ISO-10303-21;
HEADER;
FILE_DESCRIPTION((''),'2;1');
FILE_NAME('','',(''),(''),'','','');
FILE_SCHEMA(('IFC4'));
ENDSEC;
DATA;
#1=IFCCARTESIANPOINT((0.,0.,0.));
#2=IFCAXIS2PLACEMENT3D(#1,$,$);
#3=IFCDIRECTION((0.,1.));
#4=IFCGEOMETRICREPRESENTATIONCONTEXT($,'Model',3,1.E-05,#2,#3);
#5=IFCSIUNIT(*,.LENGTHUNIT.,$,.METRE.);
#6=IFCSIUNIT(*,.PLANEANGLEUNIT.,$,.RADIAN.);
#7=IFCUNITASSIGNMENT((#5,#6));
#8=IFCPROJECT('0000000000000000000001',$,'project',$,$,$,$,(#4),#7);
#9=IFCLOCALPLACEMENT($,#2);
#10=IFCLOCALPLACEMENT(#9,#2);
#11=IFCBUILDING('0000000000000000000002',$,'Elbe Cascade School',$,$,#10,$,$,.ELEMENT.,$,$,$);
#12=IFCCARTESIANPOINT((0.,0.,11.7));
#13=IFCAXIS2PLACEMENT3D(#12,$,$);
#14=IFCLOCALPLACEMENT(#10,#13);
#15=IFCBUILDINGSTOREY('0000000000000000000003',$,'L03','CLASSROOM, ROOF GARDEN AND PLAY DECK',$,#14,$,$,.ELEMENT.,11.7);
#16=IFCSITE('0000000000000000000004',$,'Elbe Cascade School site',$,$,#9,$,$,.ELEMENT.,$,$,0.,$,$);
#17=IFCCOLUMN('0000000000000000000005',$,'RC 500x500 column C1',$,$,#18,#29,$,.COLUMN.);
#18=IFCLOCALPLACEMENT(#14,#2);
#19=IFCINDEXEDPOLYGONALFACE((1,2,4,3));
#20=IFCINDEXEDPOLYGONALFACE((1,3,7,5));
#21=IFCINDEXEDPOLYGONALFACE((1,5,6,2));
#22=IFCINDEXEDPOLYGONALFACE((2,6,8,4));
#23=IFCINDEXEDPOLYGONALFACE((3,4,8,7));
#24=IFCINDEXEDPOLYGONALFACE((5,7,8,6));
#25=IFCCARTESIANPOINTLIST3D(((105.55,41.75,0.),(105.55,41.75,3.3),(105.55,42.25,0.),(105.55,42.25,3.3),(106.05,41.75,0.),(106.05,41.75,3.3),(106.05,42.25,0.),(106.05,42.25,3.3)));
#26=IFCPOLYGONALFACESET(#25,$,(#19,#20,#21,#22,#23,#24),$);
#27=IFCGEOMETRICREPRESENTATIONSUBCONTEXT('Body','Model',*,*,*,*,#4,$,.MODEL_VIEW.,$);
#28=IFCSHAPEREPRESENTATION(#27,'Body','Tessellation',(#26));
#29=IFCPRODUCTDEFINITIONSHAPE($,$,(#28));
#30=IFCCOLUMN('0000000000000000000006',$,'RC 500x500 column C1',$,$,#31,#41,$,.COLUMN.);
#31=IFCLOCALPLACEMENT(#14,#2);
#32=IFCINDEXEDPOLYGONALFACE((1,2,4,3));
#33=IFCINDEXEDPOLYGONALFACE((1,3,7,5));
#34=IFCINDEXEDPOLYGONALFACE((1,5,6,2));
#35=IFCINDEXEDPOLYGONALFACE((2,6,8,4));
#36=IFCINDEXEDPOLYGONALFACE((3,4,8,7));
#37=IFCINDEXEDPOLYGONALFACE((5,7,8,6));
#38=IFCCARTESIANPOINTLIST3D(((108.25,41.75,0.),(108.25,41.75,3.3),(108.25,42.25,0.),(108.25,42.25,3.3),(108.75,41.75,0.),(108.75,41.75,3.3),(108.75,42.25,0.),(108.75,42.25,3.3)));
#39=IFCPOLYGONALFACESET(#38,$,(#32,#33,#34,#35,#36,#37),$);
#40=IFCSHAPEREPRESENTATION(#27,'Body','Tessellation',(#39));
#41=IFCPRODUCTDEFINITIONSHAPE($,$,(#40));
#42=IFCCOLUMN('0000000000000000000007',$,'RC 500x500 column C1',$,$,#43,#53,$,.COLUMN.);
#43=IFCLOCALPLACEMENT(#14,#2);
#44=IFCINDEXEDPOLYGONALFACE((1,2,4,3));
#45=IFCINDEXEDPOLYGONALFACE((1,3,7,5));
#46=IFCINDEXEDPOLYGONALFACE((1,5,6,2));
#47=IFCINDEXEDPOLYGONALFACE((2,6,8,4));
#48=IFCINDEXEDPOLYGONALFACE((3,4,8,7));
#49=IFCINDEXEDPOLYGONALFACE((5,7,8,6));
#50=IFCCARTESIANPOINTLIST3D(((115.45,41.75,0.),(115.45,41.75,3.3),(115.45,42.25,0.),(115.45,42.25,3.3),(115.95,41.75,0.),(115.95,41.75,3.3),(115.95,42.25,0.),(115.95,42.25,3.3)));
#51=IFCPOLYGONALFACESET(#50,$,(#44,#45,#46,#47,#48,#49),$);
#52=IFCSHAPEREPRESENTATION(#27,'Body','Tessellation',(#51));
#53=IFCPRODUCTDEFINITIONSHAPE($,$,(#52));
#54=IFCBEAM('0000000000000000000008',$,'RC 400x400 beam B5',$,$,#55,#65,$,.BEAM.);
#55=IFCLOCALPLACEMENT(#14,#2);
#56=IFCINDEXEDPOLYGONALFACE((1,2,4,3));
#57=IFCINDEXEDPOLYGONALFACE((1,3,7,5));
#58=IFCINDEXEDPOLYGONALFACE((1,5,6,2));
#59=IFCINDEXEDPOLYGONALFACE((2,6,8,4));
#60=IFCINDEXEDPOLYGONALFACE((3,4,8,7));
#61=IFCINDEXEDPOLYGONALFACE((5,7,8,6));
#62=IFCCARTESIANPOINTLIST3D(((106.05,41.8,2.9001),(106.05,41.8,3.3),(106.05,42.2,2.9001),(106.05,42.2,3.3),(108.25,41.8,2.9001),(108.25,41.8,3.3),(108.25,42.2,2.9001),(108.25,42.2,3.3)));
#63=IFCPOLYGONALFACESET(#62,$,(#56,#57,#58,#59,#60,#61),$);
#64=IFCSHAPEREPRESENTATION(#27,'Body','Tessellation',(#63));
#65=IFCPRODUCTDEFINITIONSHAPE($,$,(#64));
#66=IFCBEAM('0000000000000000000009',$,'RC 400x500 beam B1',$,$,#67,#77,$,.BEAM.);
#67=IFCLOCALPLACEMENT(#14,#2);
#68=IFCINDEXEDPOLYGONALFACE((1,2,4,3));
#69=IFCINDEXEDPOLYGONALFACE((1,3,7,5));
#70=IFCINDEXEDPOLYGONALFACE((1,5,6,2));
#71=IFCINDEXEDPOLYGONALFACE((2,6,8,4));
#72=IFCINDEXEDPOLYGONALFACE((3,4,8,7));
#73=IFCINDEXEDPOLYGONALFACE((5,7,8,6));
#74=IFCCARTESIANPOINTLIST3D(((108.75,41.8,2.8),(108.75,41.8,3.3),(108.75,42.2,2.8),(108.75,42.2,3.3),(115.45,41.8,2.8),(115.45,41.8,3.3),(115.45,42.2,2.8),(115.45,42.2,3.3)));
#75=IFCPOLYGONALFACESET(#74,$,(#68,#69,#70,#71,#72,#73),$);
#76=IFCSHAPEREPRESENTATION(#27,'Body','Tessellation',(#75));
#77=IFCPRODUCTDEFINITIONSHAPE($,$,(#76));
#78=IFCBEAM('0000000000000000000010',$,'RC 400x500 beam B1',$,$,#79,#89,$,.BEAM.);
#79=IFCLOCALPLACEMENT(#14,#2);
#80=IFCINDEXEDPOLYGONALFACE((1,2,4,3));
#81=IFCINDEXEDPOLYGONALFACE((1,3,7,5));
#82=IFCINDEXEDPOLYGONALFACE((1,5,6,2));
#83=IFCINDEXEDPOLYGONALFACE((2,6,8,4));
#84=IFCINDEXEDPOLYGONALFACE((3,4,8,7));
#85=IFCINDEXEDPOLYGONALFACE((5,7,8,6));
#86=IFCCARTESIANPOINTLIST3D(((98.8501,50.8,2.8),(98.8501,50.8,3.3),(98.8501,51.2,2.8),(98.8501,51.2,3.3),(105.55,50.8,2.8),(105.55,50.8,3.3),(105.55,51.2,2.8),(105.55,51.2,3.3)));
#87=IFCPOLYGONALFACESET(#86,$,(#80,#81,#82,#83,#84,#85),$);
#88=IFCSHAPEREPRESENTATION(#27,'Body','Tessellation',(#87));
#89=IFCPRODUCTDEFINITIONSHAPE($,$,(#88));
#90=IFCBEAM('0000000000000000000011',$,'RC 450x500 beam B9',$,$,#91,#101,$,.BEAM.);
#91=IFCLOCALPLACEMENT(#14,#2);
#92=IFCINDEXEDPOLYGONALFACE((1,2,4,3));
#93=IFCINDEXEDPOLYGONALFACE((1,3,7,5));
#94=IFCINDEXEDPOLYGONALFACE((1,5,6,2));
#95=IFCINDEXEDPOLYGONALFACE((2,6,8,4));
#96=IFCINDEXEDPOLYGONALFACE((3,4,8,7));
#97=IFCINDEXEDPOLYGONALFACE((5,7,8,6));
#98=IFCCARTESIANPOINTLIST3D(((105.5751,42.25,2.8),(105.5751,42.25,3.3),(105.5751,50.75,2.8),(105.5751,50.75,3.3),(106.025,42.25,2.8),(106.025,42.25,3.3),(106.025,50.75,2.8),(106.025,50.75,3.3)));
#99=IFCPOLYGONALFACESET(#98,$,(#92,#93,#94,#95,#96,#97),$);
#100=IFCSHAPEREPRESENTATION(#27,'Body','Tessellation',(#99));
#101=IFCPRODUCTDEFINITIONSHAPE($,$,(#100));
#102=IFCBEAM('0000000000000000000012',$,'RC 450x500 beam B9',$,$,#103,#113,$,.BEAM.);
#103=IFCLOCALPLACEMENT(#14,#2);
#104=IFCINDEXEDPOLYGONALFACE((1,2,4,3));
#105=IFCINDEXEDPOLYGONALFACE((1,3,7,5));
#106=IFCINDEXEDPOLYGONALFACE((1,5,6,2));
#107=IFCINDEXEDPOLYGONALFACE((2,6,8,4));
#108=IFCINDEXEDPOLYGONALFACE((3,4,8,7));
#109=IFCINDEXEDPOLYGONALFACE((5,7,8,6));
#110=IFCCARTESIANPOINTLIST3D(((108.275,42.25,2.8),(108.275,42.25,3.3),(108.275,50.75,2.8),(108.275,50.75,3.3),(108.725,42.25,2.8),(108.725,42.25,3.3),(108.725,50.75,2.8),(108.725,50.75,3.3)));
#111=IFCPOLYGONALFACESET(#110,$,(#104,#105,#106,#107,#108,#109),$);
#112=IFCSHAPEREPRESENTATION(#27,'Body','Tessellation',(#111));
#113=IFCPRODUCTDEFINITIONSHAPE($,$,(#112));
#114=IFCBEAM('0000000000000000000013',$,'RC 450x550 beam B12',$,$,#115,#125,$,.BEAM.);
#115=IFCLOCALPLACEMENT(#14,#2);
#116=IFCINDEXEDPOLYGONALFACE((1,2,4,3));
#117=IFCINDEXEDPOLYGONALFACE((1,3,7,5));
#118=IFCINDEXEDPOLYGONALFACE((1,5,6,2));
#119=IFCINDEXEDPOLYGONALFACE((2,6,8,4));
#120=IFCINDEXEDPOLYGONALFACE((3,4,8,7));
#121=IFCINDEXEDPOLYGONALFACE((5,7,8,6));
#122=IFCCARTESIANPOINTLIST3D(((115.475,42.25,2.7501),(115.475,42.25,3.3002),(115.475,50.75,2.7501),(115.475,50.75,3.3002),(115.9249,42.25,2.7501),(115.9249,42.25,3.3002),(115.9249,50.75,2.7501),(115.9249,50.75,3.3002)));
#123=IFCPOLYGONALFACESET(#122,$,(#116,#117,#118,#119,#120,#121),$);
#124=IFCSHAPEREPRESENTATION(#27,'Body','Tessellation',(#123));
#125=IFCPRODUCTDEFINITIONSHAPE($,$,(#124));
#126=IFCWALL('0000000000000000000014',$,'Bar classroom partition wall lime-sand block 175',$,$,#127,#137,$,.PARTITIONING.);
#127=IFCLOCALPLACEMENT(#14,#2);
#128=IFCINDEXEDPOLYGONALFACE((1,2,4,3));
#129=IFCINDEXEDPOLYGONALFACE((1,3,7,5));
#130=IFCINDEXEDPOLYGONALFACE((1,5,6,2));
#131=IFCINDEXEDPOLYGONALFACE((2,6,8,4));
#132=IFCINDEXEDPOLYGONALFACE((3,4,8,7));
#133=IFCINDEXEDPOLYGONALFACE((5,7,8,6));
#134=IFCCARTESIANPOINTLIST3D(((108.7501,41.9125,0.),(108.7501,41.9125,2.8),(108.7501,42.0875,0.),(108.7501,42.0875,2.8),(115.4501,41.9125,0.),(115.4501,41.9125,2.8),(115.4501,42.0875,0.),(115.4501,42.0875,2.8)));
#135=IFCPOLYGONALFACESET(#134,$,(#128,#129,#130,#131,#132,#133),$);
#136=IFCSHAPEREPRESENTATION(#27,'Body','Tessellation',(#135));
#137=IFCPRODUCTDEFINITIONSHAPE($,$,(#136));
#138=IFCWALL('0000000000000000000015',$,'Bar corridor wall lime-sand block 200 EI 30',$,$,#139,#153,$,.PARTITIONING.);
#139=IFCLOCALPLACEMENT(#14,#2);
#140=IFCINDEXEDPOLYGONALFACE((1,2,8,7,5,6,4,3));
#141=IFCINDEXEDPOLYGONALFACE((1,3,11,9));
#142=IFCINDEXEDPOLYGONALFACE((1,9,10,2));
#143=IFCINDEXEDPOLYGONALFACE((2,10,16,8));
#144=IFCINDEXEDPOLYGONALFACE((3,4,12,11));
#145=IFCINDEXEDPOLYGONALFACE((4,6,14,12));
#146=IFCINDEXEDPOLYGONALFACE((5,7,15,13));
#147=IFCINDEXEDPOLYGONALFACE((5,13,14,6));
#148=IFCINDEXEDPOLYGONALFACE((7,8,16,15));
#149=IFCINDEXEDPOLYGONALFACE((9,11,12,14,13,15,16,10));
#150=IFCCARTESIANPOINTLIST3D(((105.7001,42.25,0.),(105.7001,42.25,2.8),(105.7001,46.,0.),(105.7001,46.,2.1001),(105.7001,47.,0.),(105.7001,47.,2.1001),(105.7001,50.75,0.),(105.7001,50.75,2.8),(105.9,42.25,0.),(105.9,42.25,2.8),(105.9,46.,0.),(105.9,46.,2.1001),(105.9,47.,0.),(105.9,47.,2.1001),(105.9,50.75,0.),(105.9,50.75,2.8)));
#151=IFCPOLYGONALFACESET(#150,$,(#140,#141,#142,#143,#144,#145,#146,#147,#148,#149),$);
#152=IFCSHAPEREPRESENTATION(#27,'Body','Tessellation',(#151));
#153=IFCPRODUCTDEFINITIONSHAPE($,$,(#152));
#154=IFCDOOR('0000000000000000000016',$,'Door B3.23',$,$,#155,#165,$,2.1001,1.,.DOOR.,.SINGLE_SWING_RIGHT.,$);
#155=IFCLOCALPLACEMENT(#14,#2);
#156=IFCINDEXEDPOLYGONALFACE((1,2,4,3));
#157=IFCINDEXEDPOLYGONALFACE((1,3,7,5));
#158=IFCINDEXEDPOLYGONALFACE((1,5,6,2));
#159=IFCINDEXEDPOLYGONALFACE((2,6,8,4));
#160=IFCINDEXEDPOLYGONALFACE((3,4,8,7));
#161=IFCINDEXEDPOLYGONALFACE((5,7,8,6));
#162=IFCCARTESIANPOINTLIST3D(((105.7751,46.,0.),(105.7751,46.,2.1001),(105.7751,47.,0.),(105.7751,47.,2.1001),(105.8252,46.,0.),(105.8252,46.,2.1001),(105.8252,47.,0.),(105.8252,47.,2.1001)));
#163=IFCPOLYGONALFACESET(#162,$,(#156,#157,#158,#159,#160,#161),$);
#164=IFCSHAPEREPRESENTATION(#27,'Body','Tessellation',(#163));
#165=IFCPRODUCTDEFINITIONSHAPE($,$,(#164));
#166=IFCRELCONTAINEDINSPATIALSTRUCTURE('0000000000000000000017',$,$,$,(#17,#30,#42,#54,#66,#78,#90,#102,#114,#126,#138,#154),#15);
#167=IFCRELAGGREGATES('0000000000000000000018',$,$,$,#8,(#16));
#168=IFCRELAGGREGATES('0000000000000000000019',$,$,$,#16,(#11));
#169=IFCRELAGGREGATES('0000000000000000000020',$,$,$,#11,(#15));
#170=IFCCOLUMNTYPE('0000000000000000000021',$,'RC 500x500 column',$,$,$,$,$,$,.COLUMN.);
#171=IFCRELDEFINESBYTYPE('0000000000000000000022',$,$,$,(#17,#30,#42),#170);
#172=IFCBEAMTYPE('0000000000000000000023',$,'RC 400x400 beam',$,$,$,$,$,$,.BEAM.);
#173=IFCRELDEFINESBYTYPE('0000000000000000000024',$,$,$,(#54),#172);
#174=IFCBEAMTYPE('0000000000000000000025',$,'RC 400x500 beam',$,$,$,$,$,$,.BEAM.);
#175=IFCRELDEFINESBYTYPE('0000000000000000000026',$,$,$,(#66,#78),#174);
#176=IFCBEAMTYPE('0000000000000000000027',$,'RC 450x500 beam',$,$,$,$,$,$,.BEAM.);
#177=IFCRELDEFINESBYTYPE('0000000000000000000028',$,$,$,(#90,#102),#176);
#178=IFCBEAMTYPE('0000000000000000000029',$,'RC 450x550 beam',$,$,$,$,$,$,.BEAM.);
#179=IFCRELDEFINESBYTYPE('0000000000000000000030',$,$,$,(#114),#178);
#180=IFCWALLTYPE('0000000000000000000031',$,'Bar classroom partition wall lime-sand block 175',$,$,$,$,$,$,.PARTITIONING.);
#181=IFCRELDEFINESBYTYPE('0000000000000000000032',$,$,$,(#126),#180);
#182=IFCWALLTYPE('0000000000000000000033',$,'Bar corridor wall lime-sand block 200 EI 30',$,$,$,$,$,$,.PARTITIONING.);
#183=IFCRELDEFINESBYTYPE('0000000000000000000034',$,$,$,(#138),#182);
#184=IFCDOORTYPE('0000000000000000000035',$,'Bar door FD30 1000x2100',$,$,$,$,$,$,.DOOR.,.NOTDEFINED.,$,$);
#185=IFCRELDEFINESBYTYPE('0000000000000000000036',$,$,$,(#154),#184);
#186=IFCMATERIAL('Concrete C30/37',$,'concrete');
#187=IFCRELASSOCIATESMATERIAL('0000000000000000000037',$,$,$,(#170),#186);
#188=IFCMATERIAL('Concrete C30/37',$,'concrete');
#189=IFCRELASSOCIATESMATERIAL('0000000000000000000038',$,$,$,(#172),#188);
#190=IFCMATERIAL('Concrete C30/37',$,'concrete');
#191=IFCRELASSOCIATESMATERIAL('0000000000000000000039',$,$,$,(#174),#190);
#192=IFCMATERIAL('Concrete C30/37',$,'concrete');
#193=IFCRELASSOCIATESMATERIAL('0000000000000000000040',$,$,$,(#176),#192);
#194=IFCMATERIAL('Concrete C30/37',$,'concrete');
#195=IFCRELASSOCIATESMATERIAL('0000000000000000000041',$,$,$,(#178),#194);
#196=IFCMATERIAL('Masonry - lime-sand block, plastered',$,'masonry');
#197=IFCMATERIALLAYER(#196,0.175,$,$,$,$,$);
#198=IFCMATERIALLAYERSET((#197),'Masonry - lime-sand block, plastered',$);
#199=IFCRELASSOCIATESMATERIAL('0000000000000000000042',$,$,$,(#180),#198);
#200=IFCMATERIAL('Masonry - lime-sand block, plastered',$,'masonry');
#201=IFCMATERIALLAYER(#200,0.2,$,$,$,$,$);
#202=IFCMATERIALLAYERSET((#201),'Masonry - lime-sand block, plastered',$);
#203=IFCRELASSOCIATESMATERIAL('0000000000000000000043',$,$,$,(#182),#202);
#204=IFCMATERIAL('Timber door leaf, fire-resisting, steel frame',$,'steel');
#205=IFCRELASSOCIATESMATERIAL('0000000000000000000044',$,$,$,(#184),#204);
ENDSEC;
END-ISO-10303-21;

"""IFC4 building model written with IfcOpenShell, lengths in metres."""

from ifc_helpers import new_model, si_unit, direction, frame, frame_2d, origin, origin_2d, place, context, subcontext, project, spatial, rectangle, extrude, material, layer, layer_set, material_profile, profile_set, type_object, element, fill, save


model = new_model("IFC4")

# Units and contexts
model_context = context("Model", 3, precision=1e-05, world=origin(), true_north=direction((0.0, 1.0)))
body_context = subcontext(model_context, "Body", "Model", "MODEL_VIEW")
ifc_project = project(units=[si_unit("LENGTHUNIT", "METRE"), si_unit("PLANEANGLEUNIT", "RADIAN")], contexts=[model_context])

# Site, building, storey
site_placement = place(None, origin())
site = spatial("IfcSite", under=ifc_project, at=site_placement, Name="Elbe Cascade School site", CompositionType="ELEMENT", RefElevation=0.0)
building_placement = place(site_placement, origin())
building = spatial("IfcBuilding", under=site, at=building_placement, Name="Elbe Cascade School", CompositionType="ELEMENT")
storey_placement = place(building_placement, frame((0.0, 0.0, 11.7)))
storey = spatial("IfcBuildingStorey", under=building, at=storey_placement, Name="L03", Description="CLASSROOM, ROOF GARDEN AND PLAY DECK", CompositionType="ELEMENT", Elevation=11.7)

# Columns
ifc_material_1 = material(Name="Concrete C30/37", Category="concrete")
ifc_material_profile_1 = material_profile(ifc_material_1, rectangle(XDim=0.5, YDim=0.5, at=origin_2d()), Name="RC 500x500")
ifc_profile_set_1 = profile_set([ifc_material_profile_1], Name="Concrete C30/37")
column_type = type_object("IfcColumnType", Name="RC 500x500 column", PredefinedType="COLUMN", material=ifc_profile_set_1)
for number, where, z_axis, x_axis, name in (
    (1, (105.8, 42.0, 0.0), (0.0, 0.0, 1.0), (1.0, 0.0, 0.0), "RC 500x500 column C1"),
    (2, (108.5, 42.0, 0.0), (0.0, 0.0, 1.0), (1.0, 0.0, 0.0), "RC 500x500 column C1"),
    (3, (115.7, 42.0, 0.0), (0.0, 0.0, 1.0), (1.0, 0.0, 0.0), "RC 500x500 column C1"),
):
    element("IfcColumn", number, at=place(storey_placement, frame(where, z_axis=z_axis, x_axis=x_axis)), inside=storey, type_object=column_type, Name=name, PredefinedType="COLUMN", context=body_context, shape_type="SweptSolid", body=[
        extrude(rectangle(XDim=0.5, YDim=0.5, at=origin_2d()), origin(), (0.0, 0.0, 1.0), 3.3),
    ])

# Beams
ifc_material_2 = material(Name="Concrete C30/37", Category="concrete")
ifc_material_profile_2 = material_profile(ifc_material_2, rectangle(XDim=0.3999, YDim=0.3999, at=origin_2d()), Name="RC 400x400")
ifc_profile_set_2 = profile_set([ifc_material_profile_2], Name="Concrete C30/37")
beam_type_1 = type_object("IfcBeamType", Name="RC 400x400 beam", PredefinedType="BEAM", material=ifc_profile_set_2)
beam_1_placement = place(storey_placement, frame((106.05, 42.0, 3.1001), z_axis=(1.0, 0.0, 0.0), x_axis=(0.0, 1.0, 0.0)))
element("IfcBeam", 4, at=beam_1_placement, inside=storey, type_object=beam_type_1, Name="RC 400x400 beam B5", PredefinedType="BEAM", context=body_context, shape_type="SweptSolid", body=[
    extrude(rectangle(XDim=0.3999, YDim=0.3999, at=origin_2d()), origin(), (0.0, 0.0, 1.0), 2.2),
])
ifc_material_3 = material(Name="Concrete C30/37", Category="concrete")
ifc_material_profile_3 = material_profile(ifc_material_3, rectangle(XDim=0.3999, YDim=0.5, at=origin_2d()), Name="RC 400x500")
ifc_profile_set_3 = profile_set([ifc_material_profile_3], Name="Concrete C30/37")
beam_type_2 = type_object("IfcBeamType", Name="RC 400x500 beam", PredefinedType="BEAM", material=ifc_profile_set_3)
for number, where, z_axis, x_axis, name in (
    (5, (108.75, 42.0, 3.05), (1.0, 0.0, 0.0), (0.0, 1.0, 0.0), "RC 400x500 beam B1"),
    (6, (98.8501, 51.0, 3.05), (1.0, 0.0, 0.0), (0.0, 1.0, 0.0), "RC 400x500 beam B1"),
):
    element("IfcBeam", number, at=place(storey_placement, frame(where, z_axis=z_axis, x_axis=x_axis)), inside=storey, type_object=beam_type_2, Name=name, PredefinedType="BEAM", context=body_context, shape_type="SweptSolid", body=[
        extrude(rectangle(XDim=0.3999, YDim=0.5, at=origin_2d()), origin(), (0.0, 0.0, 1.0), 6.7),
    ])
ifc_material_4 = material(Name="Concrete C30/37", Category="concrete")
ifc_material_profile_4 = material_profile(ifc_material_4, rectangle(XDim=0.45, YDim=0.5, at=origin_2d()), Name="RC 450x500")
ifc_profile_set_4 = profile_set([ifc_material_profile_4], Name="Concrete C30/37")
beam_type_3 = type_object("IfcBeamType", Name="RC 450x500 beam", PredefinedType="BEAM", material=ifc_profile_set_4)
for number, where, z_axis, x_axis, name in (
    (7, (105.8, 42.25, 3.05), (0.0, 1.0, 0.0), (-1.0, 0.0, 0.0), "RC 450x500 beam B9"),
    (8, (108.5, 42.25, 3.05), (0.0, 1.0, 0.0), (-1.0, 0.0, 0.0), "RC 450x500 beam B9"),
):
    element("IfcBeam", number, at=place(storey_placement, frame(where, z_axis=z_axis, x_axis=x_axis)), inside=storey, type_object=beam_type_3, Name=name, PredefinedType="BEAM", context=body_context, shape_type="SweptSolid", body=[
        extrude(rectangle(XDim=0.45, YDim=0.5, at=origin_2d()), origin(), (0.0, 0.0, 1.0), 8.5),
    ])
ifc_material_5 = material(Name="Concrete C30/37", Category="concrete")
ifc_material_profile_5 = material_profile(ifc_material_5, rectangle(XDim=0.45, YDim=0.55, at=origin_2d()), Name="RC 450x550")
ifc_profile_set_5 = profile_set([ifc_material_profile_5], Name="Concrete C30/37")
beam_type_4 = type_object("IfcBeamType", Name="RC 450x550 beam", PredefinedType="BEAM", material=ifc_profile_set_5)
beam_2_placement = place(storey_placement, frame((115.7, 42.25, 3.0251), z_axis=(0.0, 1.0, 0.0), x_axis=(-1.0, 0.0, 0.0)))
element("IfcBeam", 9, at=beam_2_placement, inside=storey, type_object=beam_type_4, Name="RC 450x550 beam B12", PredefinedType="BEAM", context=body_context, shape_type="SweptSolid", body=[
    extrude(rectangle(XDim=0.45, YDim=0.55, at=origin_2d()), origin(), (0.0, 0.0, 1.0), 8.5),
])

# Wall
ifc_material_6 = material(Name="Masonry - lime-sand block, plastered", Category="masonry")
ifc_layer_1 = layer(ifc_material_6, 0.175)
ifc_layer_set_1 = layer_set([ifc_layer_1], Name="Masonry - lime-sand block, plastered")
wall_type_1 = type_object("IfcWallType", Name="Bar classroom partition wall lime-sand block 175", PredefinedType="PARTITIONING", material=ifc_layer_set_1)
wall_1_placement = place(storey_placement, frame((108.75, 42.0, 0.0), z_axis=(0.0, 0.0, 1.0), x_axis=(1.0, 0.0, 0.0)))
element("IfcWall", 10, at=wall_1_placement, inside=storey, type_object=wall_type_1, Name="Bar classroom partition wall lime-sand block 175", PredefinedType="PARTITIONING", context=body_context, shape_type="SweptSolid", body=[
    extrude(rectangle(XDim=6.7, YDim=0.175, at=frame_2d((3.3501, 0.0))), origin(), (0.0, 0.0, 1.0), 2.8),
])

# Wall, opening, door
ifc_material_7 = material(Name="Masonry - lime-sand block, plastered", Category="masonry")
ifc_layer_2 = layer(ifc_material_7, 0.2)
ifc_layer_set_2 = layer_set([ifc_layer_2], Name="Masonry - lime-sand block, plastered")
wall_type_2 = type_object("IfcWallType", Name="Bar corridor wall lime-sand block 200 EI 30", PredefinedType="PARTITIONING", material=ifc_layer_set_2)
wall_2_placement = place(storey_placement, frame((105.8, 42.25, 0.0), z_axis=(0.0, 0.0, 1.0), x_axis=(0.0, 1.0, 0.0)))
wall_2 = element("IfcWall", 11, at=wall_2_placement, inside=storey, type_object=wall_type_2, Name="Bar corridor wall lime-sand block 200 EI 30", PredefinedType="PARTITIONING", context=body_context, shape_type="SweptSolid", body=[
    extrude(rectangle(XDim=8.5, YDim=0.2, at=frame_2d((4.25, 0.0))), origin(), (0.0, 0.0, 1.0), 2.8),
])
opening_1_placement = place(wall_2_placement, frame((3.75, 0.0, 0.0)))
opening_1 = element("IfcOpeningElement", 12, at=opening_1_placement, cuts=wall_2, PredefinedType="OPENING", context=body_context, shape_type="SweptSolid", body=[
    extrude(rectangle(XDim=1.0, YDim=2.1001, at=frame_2d((0.5, 1.05))), frame((0.0, 0.1099, 0.0), z_axis=(0.0, -1.0, 0.0), x_axis=(1.0, 0.0, 0.0)), (0.0, 0.0, 1.0), 0.22),
])
ifc_material_8 = material(Name="Timber door leaf, fire-resisting, steel frame", Category="steel")
door_type = type_object("IfcDoorType", Name="Bar door FD30 1000x2100", OperationType="NOTDEFINED", PredefinedType="DOOR", material=ifc_material_8)
door_1_placement = place(opening_1_placement, origin())
door_1 = element("IfcDoor", 13, at=door_1_placement, inside=storey, type_object=door_type, Name="Door B3.23", OperationType="SINGLE_SWING_RIGHT", OverallHeight=2.1001, OverallWidth=1.0, PredefinedType="DOOR", context=body_context, shape_type="SweptSolid", body=[
    extrude(rectangle(XDim=1.0, YDim=2.1001, at=frame_2d((0.5, 1.05))), frame((0.0, 0.0249, 0.0), z_axis=(0.0, -1.0, 0.0), x_axis=(1.0, 0.0, 0.0)), (0.0, 0.0, 1.0), 0.05),
])
fill(opening_1, door_1)

save(model, "model.ifc")
